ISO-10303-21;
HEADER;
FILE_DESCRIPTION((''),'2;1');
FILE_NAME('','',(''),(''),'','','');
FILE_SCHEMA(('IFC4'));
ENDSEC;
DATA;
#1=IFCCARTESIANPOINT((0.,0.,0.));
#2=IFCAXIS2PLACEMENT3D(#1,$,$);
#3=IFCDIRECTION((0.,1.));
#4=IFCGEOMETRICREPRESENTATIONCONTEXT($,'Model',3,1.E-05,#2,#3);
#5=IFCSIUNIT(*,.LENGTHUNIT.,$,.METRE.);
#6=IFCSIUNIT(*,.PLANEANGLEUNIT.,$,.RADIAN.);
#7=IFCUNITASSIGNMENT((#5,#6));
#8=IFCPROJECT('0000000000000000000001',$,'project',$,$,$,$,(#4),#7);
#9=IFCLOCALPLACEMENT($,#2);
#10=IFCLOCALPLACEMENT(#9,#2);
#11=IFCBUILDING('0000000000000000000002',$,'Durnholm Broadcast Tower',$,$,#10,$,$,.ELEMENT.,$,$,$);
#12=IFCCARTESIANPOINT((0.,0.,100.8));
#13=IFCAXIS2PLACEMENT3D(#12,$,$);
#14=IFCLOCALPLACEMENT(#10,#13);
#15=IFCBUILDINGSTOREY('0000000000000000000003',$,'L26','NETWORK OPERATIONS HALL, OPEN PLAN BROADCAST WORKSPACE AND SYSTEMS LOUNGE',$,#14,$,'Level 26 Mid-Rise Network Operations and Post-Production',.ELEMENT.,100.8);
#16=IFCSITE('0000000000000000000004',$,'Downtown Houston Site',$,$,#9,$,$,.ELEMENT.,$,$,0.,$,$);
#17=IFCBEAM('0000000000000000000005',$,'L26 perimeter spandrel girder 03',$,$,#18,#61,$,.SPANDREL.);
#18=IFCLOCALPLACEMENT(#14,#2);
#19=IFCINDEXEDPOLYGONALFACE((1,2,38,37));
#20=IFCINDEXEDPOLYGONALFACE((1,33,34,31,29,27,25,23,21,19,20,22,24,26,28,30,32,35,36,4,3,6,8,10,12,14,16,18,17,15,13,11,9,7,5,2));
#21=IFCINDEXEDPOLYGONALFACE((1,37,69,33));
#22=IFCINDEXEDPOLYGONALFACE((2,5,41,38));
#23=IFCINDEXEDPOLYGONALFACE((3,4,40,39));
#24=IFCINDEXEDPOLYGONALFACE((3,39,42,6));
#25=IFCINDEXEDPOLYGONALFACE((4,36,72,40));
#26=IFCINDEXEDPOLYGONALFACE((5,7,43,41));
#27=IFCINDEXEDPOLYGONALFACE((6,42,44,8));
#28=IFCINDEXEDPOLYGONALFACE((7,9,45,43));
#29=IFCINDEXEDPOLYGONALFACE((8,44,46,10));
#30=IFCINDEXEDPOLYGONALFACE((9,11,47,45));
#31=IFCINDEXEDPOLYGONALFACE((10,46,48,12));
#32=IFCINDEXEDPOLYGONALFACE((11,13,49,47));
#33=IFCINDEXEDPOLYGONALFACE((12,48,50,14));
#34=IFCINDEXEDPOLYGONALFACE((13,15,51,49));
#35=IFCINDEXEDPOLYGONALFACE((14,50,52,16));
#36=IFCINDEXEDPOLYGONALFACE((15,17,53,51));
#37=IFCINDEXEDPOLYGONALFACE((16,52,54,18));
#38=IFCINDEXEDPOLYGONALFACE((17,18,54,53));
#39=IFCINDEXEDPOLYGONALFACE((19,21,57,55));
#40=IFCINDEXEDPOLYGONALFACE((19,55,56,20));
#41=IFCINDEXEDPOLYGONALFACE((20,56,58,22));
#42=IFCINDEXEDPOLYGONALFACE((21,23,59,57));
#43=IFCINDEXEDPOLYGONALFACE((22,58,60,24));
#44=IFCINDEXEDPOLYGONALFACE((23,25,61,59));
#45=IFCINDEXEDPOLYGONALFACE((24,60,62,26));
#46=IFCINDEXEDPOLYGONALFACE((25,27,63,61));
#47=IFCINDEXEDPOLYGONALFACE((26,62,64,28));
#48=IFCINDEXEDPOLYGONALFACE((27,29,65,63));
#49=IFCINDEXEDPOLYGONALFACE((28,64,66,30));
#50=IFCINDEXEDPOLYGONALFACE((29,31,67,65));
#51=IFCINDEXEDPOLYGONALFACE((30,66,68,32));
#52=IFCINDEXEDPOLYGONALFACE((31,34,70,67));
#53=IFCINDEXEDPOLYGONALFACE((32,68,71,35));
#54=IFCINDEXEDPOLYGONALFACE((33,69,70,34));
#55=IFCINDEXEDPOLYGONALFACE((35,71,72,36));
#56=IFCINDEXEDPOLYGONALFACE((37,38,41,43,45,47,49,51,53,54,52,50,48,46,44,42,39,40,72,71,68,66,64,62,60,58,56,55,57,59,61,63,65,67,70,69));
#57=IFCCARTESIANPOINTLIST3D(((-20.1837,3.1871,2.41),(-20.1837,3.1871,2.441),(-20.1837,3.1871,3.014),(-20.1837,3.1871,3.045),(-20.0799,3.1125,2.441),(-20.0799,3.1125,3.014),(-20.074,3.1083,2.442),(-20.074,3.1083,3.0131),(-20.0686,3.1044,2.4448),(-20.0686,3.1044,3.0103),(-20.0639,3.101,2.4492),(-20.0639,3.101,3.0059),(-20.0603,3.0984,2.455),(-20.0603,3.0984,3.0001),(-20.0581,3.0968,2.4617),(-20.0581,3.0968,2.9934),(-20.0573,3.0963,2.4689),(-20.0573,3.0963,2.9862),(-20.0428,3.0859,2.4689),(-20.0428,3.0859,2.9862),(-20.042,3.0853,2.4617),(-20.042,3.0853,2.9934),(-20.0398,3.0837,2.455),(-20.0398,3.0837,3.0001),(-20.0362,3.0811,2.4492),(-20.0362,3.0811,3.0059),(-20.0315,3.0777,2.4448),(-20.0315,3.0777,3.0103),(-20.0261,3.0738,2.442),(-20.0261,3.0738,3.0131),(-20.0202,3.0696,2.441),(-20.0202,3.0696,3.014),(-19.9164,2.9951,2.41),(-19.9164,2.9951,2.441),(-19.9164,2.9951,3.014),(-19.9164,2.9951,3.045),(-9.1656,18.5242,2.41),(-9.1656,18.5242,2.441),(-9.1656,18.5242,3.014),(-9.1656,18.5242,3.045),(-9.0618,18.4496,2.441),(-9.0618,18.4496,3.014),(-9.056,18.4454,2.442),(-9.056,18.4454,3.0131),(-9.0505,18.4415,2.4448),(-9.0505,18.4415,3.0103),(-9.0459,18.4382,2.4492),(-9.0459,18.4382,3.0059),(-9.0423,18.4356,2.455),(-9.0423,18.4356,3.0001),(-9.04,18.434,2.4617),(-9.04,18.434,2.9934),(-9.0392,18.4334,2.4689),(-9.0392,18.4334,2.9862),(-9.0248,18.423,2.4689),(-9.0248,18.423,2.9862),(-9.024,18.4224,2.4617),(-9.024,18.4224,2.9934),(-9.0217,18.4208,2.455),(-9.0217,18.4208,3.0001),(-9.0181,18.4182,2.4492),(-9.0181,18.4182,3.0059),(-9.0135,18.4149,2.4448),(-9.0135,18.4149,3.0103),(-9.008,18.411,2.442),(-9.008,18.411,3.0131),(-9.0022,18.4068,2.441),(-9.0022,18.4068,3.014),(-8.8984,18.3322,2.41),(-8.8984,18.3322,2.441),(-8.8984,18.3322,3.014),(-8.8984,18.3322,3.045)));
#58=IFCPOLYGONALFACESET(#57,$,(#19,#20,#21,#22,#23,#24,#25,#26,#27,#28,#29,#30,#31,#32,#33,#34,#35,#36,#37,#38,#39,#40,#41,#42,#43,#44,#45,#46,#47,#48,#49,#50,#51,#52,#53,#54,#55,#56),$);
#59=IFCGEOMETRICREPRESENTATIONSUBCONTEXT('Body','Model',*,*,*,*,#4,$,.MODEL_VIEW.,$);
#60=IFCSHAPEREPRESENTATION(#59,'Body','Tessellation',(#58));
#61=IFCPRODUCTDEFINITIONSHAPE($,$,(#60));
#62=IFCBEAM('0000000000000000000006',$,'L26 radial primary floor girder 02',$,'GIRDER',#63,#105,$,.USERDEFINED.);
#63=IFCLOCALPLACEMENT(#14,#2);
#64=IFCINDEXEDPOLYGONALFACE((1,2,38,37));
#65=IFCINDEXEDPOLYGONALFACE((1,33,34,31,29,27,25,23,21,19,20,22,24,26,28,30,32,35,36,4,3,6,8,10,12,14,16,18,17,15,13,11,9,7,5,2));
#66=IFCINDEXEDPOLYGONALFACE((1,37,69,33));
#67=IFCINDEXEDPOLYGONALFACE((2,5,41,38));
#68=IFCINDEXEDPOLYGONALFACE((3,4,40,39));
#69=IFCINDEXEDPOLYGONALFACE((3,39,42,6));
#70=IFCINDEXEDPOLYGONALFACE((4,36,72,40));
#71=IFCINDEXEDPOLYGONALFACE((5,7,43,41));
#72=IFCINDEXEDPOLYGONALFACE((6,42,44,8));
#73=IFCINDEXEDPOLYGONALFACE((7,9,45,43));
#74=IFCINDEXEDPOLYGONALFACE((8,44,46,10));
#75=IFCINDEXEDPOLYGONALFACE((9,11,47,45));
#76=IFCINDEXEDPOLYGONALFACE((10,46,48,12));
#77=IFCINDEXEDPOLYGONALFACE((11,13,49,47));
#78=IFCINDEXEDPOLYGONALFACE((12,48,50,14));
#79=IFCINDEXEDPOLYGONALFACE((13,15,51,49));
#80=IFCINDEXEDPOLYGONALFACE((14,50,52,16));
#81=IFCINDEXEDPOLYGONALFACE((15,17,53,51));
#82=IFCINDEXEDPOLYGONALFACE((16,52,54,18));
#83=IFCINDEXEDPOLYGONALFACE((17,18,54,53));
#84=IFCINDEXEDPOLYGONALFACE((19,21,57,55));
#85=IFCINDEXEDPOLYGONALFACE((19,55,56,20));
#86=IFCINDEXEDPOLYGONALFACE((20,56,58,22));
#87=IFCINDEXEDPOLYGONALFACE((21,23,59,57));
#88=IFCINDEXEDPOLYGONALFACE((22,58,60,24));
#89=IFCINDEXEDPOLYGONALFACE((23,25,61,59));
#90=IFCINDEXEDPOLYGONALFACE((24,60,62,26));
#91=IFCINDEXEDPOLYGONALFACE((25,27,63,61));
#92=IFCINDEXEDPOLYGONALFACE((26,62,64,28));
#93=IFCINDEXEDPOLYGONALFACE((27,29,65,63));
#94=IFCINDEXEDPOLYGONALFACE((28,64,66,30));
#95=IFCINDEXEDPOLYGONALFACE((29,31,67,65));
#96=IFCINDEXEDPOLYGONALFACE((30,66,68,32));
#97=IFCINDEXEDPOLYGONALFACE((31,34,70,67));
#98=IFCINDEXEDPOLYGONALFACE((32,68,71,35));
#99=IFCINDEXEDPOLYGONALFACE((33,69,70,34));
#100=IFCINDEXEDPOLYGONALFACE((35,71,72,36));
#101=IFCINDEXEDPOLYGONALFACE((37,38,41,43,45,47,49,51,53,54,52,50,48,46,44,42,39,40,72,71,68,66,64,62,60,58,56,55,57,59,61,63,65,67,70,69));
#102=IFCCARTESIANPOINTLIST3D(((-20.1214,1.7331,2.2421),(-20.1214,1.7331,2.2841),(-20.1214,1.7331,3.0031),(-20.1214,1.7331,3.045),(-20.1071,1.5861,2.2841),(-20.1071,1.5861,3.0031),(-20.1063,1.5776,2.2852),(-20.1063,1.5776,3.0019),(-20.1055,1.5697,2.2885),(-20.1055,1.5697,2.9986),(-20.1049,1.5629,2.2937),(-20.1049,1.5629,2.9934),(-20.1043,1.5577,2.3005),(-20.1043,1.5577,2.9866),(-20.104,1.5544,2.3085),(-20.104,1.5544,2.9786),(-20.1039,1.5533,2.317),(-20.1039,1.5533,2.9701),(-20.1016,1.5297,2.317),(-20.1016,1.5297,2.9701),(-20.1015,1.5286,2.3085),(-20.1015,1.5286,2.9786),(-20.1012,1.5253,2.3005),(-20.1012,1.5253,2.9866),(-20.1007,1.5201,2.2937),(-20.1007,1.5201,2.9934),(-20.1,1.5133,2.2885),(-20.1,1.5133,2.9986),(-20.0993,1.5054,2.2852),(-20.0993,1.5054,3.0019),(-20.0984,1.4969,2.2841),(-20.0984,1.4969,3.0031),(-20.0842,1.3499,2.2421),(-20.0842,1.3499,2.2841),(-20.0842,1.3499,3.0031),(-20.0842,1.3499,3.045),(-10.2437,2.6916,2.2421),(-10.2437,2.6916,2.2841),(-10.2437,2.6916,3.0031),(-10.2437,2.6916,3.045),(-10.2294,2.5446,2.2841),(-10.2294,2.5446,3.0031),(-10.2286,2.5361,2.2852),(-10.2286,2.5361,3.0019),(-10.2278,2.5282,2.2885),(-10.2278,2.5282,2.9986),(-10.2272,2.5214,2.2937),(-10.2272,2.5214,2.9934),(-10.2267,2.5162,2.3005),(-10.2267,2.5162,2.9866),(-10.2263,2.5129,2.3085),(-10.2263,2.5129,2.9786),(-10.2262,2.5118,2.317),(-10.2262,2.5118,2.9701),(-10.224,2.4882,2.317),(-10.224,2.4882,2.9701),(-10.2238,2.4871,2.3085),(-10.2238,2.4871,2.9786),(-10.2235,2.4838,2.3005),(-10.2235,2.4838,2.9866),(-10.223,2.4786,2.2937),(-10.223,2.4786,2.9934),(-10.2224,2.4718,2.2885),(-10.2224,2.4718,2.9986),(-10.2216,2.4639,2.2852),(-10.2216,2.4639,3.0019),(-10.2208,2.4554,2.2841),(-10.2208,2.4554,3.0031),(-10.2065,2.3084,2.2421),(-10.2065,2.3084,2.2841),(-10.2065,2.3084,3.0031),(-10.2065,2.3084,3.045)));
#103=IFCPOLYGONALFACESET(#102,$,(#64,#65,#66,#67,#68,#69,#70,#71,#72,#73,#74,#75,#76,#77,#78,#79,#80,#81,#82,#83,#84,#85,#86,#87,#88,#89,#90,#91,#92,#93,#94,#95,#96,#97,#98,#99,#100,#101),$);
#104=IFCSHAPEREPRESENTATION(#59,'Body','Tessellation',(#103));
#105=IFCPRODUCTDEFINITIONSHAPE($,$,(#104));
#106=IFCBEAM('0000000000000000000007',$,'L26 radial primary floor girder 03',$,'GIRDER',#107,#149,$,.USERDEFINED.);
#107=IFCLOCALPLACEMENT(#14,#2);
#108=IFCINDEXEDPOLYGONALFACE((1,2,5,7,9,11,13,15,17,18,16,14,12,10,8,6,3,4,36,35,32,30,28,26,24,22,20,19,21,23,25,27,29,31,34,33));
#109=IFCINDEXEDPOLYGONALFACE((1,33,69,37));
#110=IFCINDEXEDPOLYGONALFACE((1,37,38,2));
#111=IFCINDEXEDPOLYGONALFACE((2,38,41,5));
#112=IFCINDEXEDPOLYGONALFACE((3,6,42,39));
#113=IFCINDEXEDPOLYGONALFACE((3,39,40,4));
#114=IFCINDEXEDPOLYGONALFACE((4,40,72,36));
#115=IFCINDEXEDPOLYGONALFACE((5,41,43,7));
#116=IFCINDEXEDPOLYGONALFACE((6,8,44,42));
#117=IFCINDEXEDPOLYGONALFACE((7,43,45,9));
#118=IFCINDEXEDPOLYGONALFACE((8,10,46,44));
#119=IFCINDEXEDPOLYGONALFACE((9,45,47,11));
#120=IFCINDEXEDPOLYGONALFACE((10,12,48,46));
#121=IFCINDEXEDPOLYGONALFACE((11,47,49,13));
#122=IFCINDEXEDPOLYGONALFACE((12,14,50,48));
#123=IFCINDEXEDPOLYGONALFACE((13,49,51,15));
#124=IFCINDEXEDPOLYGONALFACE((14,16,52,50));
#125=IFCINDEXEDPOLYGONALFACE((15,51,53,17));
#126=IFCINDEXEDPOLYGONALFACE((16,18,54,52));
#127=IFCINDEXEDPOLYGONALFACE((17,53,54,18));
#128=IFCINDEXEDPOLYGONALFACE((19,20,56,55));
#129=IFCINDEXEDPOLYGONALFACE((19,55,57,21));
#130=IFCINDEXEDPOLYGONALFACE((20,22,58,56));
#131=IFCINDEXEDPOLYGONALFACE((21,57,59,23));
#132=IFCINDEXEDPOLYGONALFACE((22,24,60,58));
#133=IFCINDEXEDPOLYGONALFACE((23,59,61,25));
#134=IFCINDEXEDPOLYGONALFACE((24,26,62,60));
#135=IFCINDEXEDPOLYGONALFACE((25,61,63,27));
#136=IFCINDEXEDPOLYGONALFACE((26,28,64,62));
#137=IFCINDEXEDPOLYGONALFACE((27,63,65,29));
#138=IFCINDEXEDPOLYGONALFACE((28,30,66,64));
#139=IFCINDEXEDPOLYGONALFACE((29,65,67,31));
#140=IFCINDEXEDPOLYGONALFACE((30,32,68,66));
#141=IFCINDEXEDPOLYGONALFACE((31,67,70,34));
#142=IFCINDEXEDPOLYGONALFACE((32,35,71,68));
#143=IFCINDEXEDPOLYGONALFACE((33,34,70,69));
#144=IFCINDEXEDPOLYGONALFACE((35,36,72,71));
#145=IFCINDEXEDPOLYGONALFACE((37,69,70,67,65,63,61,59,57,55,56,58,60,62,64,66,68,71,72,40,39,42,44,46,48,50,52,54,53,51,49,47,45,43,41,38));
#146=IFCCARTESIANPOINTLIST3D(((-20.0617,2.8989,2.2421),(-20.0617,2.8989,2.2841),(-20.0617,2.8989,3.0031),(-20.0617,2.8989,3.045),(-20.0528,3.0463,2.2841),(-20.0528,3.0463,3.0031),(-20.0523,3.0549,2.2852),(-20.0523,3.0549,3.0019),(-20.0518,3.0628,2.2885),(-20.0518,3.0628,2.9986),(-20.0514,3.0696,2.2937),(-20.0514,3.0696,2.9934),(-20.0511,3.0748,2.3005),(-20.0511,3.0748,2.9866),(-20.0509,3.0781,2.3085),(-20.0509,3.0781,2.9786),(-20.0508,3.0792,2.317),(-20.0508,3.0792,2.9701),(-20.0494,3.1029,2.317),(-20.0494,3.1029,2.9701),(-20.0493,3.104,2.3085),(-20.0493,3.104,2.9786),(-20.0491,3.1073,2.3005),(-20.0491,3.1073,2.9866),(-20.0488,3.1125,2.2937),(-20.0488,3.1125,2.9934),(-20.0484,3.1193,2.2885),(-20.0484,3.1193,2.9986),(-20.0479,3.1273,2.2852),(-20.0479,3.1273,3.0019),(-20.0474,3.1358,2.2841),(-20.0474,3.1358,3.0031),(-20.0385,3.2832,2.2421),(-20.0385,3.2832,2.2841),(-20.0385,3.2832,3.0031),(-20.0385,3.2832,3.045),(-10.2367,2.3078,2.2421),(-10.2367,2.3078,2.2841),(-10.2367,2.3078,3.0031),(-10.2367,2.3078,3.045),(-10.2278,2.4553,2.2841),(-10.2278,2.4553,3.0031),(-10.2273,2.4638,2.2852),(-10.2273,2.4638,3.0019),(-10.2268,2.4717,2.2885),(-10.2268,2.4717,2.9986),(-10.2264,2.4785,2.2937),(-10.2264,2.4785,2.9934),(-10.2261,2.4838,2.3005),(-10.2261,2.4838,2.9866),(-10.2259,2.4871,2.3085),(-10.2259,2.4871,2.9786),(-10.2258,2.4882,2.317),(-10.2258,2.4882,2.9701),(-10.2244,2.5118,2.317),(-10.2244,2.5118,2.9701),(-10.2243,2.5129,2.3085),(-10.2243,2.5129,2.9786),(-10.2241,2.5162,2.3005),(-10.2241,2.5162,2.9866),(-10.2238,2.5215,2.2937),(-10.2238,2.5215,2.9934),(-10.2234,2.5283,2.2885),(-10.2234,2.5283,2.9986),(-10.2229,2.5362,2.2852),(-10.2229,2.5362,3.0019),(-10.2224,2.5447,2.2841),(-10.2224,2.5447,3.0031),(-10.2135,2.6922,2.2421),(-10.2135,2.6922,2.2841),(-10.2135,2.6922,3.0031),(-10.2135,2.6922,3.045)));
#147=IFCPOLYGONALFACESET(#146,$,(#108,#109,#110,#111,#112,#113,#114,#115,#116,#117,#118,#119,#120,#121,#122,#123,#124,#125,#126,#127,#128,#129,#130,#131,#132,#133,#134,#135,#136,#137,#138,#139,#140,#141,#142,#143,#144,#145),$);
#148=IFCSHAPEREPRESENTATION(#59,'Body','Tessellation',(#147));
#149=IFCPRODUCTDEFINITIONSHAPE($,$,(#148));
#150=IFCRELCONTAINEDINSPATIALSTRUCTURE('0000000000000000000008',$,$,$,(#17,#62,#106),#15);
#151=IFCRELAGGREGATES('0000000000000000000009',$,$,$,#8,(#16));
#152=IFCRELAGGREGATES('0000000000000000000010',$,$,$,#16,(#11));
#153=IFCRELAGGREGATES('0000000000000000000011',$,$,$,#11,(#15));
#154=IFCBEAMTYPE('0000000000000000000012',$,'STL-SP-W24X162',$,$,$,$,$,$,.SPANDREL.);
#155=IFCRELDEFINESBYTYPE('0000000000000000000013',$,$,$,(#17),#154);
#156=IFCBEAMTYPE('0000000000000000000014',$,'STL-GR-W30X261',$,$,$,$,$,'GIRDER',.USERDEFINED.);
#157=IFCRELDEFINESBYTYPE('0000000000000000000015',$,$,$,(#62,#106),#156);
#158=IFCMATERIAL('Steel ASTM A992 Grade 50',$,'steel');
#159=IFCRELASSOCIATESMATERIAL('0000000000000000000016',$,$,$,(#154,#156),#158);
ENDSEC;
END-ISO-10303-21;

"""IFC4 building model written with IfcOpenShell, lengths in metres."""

from ifc_helpers import new_model, si_unit, direction, frame, origin, origin_2d, place, context, subcontext, project, spatial, i_section, extrude, source, transform, mapped, material, material_profile, profile_set, type_object, type_shapes, element, save


model = new_model("IFC4")

# Units and contexts
model_context = context("Model", 3, precision=1e-05, world=origin(), true_north=direction((0.0, 1.0)))
body_context = subcontext(model_context, "Body", "Model", "MODEL_VIEW")
ifc_project = project(units=[si_unit("LENGTHUNIT", "METRE"), si_unit("PLANEANGLEUNIT", "RADIAN")], contexts=[model_context])

# Site, building, storey
site_placement = place(None, origin())
site = spatial("IfcSite", under=ifc_project, at=site_placement, Name="Downtown Houston Site", CompositionType="ELEMENT", RefElevation=0.0)
building_placement = place(site_placement, origin())
building = spatial("IfcBuilding", under=site, at=building_placement, Name="Durnholm Broadcast Tower", CompositionType="ELEMENT")
storey_placement = place(building_placement, frame((0.0, 0.0, 100.8)))
storey = spatial("IfcBuildingStorey", under=building, at=storey_placement, Name="L26", Description="NETWORK OPERATIONS HALL, OPEN PLAN BROADCAST WORKSPACE AND SYSTEMS LOUNGE", LongName="Level 26 Mid-Rise Network Operations and Post-Production", CompositionType="ELEMENT", Elevation=100.8)

# Beams
ifc_material_1 = material(Name="Steel ASTM A992 Grade 50", Category="steel")
ifc_material_profile_1 = material_profile(ifc_material_1, i_section(OverallWidth=0.3291, OverallDepth=0.635, WebThickness=0.0178, FlangeThickness=0.031, FilletRadius=0.0278, at=origin_2d()), Name="W24X162")
ifc_profile_set_1 = profile_set([ifc_material_profile_1], Name="Steel ASTM A992 Grade 50")
beam_type_1 = type_object("IfcBeamType", Name="STL-SP-W24X162", PredefinedType="SPANDREL", material=ifc_profile_set_1)
shared_shape_1 = source(origin(), body_context, "Body", "SweptSolid", [
    extrude(i_section(OverallWidth=0.3291, OverallDepth=0.635, WebThickness=0.0178, FlangeThickness=0.031, FilletRadius=0.0278, at=origin_2d()), origin(), (0.0, 0.0, 1.0), 18.8845),
])
beam_1_placement = place(storey_placement, frame((-20.05, 3.0911, 2.7275), z_axis=(0.583443, 0.812154, 0.0), x_axis=(-0.812154, 0.583443, 0.0)))
element("IfcBeam", 1, at=beam_1_placement, inside=storey, type_object=beam_type_1, Name="L26 perimeter spandrel girder 03", PredefinedType="SPANDREL", context=body_context, shape_type="MappedRepresentation", body=[
    mapped(shared_shape_1, transform((0.0, 0.0, 0.0), x_axis=(1.0, 0.0, 0.0), y_axis=(0.0, 1.0, 0.0), z_axis=(0.0, 0.0, 1.0), scale=1.0)),
])
ifc_material_profile_2 = material_profile(ifc_material_1, i_section(OverallWidth=0.385, OverallDepth=0.803, WebThickness=0.0237, FlangeThickness=0.042, FilletRadius=0.033, at=origin_2d()), Name="W30X261")
ifc_profile_set_2 = profile_set([ifc_material_profile_2], Name="Steel ASTM A992 Grade 50")
beam_type_2 = type_object("IfcBeamType", Name="STL-GR-W30X261", ElementType="GIRDER", PredefinedType="USERDEFINED", material=ifc_profile_set_2)
shared_shape_2 = source(origin(), body_context, "Body", "SweptSolid", [
    extrude(i_section(OverallWidth=0.385, OverallDepth=0.803, WebThickness=0.0237, FlangeThickness=0.042, FilletRadius=0.033, at=origin_2d()), origin(), (0.0, 0.0, 1.0), 9.9241),
])
beam_2_placement = place(storey_placement, frame((-10.2251, 2.5, 2.6436), z_axis=(-0.995325, -0.096583, 0.0), x_axis=(0.096583, -0.995325, 0.0)))
element("IfcBeam", 2, at=beam_2_placement, inside=storey, type_object=beam_type_2, Name="L26 radial primary floor girder 02", ObjectType="GIRDER", PredefinedType="USERDEFINED", context=body_context, shape_type="MappedRepresentation", body=[
    mapped(shared_shape_2, transform((0.0, 0.0, 0.0), x_axis=(1.0, 0.0, 0.0), y_axis=(0.0, 1.0, 0.0), z_axis=(0.0, 0.0, 1.0), scale=1.0)),
])
shared_shape_3 = source(origin(), body_context, "Body", "SweptSolid", [
    extrude(i_section(OverallWidth=0.385, OverallDepth=0.803, WebThickness=0.0237, FlangeThickness=0.042, FilletRadius=0.033, at=origin_2d()), origin(), (0.0, 0.0, 1.0), 9.8428),
])
type_shapes(beam_type_2, [shared_shape_2, shared_shape_3])
beam_3_placement = place(storey_placement, frame((-10.2251, 2.5, 2.6436), z_axis=(-0.998195, 0.060051, 0.0), x_axis=(-0.060051, -0.998195, 0.0)))
element("IfcBeam", 3, at=beam_3_placement, inside=storey, type_object=beam_type_2, Name="L26 radial primary floor girder 03", ObjectType="GIRDER", PredefinedType="USERDEFINED", context=body_context, shape_type="MappedRepresentation", body=[
    mapped(shared_shape_3, transform((0.0, 0.0, 0.0), x_axis=(1.0, 0.0, 0.0), y_axis=(0.0, 1.0, 0.0), z_axis=(0.0, 0.0, 1.0), scale=1.0)),
])

save(model, "model.ifc")
